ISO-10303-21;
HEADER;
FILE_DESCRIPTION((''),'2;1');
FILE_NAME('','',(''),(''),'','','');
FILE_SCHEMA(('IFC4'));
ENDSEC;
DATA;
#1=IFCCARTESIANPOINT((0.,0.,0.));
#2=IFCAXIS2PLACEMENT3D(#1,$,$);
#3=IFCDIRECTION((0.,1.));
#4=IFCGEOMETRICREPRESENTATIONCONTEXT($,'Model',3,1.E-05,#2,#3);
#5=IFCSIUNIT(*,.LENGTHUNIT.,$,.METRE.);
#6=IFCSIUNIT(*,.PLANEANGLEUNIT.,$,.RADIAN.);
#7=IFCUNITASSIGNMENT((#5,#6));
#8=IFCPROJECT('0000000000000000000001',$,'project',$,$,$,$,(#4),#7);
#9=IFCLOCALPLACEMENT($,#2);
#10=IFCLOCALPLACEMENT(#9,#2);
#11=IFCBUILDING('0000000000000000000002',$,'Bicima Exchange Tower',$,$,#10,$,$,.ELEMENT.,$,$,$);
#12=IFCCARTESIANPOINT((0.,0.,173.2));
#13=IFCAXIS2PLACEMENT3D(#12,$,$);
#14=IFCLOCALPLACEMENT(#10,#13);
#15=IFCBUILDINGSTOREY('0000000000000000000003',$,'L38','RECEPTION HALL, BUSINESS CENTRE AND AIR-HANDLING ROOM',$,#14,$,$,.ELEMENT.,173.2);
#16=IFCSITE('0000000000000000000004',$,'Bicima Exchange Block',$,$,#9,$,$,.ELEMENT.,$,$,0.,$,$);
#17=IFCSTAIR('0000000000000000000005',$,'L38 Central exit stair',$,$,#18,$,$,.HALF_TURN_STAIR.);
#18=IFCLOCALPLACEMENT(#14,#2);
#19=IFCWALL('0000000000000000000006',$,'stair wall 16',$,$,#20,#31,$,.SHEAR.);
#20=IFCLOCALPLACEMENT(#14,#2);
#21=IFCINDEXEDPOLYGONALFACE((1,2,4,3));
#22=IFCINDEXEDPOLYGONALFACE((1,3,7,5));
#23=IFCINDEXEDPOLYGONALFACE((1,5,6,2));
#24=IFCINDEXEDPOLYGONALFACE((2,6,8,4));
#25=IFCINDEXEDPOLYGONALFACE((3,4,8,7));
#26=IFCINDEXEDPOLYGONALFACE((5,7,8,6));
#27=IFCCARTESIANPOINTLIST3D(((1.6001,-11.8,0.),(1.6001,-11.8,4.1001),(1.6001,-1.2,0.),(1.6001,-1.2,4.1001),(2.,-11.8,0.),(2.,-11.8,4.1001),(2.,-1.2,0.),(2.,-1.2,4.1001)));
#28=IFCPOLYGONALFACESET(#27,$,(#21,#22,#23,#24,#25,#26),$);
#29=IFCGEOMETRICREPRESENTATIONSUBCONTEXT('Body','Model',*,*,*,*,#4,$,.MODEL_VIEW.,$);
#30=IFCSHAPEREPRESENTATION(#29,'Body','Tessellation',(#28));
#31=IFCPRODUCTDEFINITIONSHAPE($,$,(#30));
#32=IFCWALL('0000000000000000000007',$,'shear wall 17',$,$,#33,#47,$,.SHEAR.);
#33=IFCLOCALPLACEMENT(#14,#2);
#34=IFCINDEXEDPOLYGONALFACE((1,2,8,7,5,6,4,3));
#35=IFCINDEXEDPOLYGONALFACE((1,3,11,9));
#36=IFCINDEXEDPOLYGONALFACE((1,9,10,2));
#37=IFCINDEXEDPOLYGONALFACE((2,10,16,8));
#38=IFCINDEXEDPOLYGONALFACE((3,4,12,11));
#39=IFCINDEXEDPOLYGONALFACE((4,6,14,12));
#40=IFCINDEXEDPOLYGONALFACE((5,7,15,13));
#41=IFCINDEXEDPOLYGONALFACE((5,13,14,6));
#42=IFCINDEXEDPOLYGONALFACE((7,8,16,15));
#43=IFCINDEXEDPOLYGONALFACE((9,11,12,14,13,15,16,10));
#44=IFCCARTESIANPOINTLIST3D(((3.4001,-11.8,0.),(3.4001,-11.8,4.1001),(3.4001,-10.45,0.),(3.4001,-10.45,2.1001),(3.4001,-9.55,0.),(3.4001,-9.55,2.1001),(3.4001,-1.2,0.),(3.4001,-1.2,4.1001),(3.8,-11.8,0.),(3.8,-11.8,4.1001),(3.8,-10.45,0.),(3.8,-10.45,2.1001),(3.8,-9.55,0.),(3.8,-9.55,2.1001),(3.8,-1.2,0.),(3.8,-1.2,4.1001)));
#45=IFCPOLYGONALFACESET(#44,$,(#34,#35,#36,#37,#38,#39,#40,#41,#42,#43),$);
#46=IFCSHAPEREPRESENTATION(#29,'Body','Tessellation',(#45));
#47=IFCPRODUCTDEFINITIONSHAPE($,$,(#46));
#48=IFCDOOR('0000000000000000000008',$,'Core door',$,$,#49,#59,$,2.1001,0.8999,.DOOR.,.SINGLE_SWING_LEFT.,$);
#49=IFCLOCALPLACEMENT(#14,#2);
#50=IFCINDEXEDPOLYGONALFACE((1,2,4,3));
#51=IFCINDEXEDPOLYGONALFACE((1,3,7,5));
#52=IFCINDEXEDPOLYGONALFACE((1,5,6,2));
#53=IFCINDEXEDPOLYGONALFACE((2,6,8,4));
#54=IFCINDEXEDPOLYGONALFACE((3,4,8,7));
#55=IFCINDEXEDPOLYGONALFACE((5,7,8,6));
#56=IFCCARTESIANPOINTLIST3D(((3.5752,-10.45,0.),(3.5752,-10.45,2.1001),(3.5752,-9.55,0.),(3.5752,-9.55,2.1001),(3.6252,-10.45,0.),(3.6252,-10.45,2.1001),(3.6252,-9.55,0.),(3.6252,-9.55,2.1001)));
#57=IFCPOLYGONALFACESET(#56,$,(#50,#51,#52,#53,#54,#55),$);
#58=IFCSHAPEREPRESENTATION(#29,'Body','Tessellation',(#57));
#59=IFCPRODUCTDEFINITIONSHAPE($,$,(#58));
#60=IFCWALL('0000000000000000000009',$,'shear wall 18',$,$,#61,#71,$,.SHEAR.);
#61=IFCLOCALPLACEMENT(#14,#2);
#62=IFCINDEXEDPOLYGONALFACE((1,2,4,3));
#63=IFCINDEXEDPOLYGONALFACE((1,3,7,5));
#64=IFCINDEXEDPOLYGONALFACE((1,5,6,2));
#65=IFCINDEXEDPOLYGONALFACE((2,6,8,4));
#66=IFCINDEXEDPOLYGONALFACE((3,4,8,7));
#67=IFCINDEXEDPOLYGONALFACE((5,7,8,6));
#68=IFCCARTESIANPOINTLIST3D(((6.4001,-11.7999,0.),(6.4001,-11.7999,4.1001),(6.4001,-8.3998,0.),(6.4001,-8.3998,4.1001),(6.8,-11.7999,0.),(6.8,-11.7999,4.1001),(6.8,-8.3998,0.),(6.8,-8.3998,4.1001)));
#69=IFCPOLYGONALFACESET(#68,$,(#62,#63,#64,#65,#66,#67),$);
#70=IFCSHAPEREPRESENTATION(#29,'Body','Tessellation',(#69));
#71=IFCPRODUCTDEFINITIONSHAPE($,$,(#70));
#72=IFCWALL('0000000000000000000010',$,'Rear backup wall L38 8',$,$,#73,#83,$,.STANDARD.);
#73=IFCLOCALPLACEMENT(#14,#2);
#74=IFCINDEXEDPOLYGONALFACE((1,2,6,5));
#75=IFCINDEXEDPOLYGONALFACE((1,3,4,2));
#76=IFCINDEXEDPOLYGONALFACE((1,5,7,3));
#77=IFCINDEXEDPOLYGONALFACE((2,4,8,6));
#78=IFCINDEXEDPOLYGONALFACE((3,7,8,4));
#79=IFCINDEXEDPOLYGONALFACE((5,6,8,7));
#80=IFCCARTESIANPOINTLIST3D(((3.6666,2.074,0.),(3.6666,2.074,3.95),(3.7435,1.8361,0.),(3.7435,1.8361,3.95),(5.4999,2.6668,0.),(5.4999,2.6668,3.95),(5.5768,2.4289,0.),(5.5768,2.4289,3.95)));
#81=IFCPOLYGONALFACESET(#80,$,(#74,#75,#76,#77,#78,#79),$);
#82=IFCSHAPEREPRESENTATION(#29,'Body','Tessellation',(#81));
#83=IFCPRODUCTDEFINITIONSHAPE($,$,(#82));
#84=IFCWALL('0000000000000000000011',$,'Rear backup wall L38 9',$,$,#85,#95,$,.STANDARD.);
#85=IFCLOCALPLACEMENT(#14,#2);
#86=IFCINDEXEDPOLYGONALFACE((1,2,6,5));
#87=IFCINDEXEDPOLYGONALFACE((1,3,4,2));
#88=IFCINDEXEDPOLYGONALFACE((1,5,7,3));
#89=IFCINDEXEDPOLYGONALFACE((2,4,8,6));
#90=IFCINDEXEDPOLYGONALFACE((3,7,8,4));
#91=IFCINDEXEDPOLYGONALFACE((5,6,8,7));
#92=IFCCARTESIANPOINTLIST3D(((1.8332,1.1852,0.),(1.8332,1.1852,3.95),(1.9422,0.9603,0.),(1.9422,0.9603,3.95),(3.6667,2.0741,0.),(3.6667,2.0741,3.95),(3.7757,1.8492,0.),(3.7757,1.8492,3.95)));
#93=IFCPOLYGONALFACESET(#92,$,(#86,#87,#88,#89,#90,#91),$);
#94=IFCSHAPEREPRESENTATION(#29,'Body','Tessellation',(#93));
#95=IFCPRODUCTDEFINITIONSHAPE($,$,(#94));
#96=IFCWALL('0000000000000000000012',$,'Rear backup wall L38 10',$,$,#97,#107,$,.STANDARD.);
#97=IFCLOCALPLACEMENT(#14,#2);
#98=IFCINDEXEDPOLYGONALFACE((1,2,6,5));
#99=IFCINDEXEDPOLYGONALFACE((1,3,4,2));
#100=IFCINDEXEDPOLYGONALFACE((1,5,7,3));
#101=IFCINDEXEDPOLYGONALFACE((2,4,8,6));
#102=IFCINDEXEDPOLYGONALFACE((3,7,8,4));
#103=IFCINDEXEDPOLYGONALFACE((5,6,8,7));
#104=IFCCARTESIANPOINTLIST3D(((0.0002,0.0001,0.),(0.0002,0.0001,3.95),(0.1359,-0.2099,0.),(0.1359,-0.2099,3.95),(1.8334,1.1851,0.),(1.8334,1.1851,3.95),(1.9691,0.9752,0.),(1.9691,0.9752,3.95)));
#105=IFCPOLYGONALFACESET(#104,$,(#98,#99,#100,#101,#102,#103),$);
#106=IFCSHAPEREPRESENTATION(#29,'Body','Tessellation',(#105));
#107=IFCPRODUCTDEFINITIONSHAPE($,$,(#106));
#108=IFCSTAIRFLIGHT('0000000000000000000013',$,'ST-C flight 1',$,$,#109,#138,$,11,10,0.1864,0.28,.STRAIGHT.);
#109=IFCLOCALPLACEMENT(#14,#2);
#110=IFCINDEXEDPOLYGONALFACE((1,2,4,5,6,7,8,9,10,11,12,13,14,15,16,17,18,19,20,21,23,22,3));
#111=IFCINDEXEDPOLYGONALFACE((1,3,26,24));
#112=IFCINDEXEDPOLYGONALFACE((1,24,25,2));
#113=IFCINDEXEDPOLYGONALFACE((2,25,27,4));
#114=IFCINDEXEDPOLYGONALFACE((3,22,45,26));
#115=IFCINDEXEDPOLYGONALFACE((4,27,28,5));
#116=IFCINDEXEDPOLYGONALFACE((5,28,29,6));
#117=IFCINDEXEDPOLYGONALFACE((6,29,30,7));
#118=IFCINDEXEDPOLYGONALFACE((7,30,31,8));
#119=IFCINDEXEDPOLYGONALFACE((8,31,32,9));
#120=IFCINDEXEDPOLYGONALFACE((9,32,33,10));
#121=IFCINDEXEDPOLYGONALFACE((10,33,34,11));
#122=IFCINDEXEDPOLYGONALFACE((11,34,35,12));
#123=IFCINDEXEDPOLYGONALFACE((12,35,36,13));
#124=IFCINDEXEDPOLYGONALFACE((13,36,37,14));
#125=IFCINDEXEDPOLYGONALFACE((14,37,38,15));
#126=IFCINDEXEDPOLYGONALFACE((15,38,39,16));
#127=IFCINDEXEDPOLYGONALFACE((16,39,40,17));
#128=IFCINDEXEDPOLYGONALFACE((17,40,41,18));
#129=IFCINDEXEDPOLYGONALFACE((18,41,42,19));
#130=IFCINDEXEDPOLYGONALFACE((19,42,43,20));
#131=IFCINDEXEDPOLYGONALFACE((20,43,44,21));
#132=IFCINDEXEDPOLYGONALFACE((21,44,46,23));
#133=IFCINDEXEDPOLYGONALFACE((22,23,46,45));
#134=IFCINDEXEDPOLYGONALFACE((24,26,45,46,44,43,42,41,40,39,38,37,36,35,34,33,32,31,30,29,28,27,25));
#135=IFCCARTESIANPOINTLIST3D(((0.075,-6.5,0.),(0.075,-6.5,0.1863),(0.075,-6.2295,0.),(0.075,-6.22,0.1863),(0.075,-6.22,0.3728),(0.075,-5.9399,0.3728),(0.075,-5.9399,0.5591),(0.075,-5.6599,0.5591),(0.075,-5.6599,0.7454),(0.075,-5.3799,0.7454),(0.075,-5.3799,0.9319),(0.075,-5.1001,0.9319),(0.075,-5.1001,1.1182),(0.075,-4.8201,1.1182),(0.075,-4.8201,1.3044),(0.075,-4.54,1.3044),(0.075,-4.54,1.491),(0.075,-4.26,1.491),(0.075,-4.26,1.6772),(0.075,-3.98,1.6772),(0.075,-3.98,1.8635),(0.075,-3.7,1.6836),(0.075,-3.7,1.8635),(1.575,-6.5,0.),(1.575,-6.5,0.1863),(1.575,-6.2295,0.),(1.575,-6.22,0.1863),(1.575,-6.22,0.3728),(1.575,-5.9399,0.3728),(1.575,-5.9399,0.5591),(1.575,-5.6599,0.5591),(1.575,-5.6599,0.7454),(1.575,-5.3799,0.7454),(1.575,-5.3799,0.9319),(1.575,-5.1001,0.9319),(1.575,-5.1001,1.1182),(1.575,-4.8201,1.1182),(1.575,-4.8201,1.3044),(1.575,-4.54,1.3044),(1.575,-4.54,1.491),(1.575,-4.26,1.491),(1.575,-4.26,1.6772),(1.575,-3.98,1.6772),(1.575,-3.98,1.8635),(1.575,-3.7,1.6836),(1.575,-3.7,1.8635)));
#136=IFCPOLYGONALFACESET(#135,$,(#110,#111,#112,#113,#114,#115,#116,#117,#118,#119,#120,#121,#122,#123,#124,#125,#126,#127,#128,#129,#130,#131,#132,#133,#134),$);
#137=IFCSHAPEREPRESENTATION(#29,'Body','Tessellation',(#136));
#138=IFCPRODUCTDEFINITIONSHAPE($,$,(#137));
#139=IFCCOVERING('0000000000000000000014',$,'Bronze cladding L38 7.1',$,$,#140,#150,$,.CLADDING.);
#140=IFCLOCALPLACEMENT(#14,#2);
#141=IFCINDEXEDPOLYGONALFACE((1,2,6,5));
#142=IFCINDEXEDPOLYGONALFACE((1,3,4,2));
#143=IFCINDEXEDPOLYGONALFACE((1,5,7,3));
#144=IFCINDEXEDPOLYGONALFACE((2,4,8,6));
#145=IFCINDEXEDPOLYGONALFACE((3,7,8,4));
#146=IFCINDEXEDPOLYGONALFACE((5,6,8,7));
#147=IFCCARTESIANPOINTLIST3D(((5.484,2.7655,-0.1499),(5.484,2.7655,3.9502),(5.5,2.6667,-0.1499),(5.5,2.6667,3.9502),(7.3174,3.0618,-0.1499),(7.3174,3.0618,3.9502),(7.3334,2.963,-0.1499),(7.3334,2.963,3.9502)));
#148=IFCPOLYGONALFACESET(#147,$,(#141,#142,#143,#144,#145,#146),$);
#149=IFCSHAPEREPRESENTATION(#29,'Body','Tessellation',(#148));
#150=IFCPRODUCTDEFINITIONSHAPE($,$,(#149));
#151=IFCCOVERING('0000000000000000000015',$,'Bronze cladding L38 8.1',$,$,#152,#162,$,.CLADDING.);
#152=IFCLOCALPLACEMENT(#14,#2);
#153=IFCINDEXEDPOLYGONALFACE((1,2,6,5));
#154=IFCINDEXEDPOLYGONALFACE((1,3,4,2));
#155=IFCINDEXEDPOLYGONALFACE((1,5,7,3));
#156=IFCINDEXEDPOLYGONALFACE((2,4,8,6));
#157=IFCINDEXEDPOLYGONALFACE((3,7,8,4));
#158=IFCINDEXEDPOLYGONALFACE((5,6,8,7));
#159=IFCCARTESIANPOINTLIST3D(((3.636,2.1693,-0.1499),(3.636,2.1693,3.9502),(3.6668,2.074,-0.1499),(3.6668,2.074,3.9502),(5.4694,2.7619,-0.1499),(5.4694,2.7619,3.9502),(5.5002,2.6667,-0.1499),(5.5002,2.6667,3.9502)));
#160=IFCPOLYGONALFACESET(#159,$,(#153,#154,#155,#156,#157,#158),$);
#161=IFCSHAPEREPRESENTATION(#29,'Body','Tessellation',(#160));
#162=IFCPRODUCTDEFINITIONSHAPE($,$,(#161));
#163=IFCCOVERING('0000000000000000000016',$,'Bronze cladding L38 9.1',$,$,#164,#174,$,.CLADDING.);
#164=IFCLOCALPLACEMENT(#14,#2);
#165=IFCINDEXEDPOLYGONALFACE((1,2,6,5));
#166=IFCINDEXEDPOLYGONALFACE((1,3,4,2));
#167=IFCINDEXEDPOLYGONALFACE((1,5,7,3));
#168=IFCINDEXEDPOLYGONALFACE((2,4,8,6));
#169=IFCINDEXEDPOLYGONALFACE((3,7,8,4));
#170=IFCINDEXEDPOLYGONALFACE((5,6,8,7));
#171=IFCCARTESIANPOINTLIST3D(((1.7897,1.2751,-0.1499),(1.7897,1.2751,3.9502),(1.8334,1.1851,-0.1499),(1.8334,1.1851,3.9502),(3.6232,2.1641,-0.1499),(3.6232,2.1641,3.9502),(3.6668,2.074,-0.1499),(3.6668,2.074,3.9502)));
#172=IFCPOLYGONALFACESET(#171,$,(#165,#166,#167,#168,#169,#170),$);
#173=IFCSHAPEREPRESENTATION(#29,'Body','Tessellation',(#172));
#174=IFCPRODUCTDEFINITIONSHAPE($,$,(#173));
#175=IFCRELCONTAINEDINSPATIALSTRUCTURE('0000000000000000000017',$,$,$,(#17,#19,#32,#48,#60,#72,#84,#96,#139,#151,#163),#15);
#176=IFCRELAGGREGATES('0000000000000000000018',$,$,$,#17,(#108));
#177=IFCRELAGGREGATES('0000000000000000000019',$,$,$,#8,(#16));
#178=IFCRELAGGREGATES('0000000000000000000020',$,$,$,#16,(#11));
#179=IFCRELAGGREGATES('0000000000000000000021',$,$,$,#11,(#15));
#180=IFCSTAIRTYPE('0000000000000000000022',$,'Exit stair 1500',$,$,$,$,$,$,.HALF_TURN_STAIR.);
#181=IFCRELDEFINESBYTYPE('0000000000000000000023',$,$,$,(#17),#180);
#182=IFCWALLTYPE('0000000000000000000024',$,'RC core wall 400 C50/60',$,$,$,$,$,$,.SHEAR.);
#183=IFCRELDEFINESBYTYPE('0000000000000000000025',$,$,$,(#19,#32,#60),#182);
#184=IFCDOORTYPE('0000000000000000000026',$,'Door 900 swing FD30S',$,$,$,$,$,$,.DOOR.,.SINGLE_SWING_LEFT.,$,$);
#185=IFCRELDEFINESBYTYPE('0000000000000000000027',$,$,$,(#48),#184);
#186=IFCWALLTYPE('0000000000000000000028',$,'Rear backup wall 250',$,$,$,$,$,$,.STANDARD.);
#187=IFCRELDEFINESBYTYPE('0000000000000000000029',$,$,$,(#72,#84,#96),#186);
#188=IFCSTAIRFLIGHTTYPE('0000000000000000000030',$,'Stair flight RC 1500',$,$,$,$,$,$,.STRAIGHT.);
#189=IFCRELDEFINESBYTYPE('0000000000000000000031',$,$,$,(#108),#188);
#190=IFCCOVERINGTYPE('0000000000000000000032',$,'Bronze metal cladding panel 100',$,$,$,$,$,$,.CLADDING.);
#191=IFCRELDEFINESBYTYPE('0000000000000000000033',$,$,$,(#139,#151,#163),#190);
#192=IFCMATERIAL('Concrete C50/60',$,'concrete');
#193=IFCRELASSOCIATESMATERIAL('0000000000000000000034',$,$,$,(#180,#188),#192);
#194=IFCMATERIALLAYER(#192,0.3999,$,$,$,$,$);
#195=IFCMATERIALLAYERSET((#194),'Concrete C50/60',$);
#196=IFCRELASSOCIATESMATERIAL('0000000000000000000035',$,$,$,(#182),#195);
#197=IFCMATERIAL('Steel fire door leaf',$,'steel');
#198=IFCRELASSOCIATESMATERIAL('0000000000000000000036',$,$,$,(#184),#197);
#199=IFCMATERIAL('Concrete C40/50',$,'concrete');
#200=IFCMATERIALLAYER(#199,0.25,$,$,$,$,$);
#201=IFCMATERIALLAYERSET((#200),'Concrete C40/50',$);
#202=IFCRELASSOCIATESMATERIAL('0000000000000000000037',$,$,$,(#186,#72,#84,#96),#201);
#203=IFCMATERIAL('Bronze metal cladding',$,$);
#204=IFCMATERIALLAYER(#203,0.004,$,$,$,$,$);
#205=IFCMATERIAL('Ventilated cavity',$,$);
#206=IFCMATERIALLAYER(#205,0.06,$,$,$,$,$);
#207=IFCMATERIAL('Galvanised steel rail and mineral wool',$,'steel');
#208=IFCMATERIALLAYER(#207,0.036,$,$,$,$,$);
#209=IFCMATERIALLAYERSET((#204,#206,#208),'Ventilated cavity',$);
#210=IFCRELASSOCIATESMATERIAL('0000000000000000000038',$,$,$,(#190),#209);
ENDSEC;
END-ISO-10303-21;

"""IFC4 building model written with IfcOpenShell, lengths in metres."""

from ifc_helpers import new_model, si_unit, direction, frame, frame_2d, origin, origin_2d, place, context, subcontext, project, spatial, polyline, rectangle, outline, extrude, material, layer, layer_set, layer_usage, type_object, element, fill, aggregate, save


model = new_model("IFC4")

# Units and contexts
model_context = context("Model", 3, precision=1e-05, world=origin(), true_north=direction((0.0, 1.0)))
body_context = subcontext(model_context, "Body", "Model", "MODEL_VIEW")
ifc_project = project(units=[si_unit("LENGTHUNIT", "METRE"), si_unit("PLANEANGLEUNIT", "RADIAN")], contexts=[model_context])

# Site, building, storey
site_placement = place(None, origin())
site = spatial("IfcSite", under=ifc_project, at=site_placement, Name="Bicima Exchange Block", CompositionType="ELEMENT", RefElevation=0.0)
building_placement = place(site_placement, origin())
building = spatial("IfcBuilding", under=site, at=building_placement, Name="Bicima Exchange Tower", CompositionType="ELEMENT")
storey_placement = place(building_placement, frame((0.0, 0.0, 173.2)))
storey = spatial("IfcBuildingStorey", under=building, at=storey_placement, Name="L38", Description="RECEPTION HALL, BUSINESS CENTRE AND AIR-HANDLING ROOM", CompositionType="ELEMENT", Elevation=173.2)

# Stair
ifc_material_1 = material(Name="Concrete C50/60", Category="concrete")
stair_type_1 = type_object("IfcStairType", Name="Exit stair 1500", PredefinedType="HALF_TURN_STAIR", material=ifc_material_1)
stair_1_placement = place(storey_placement, origin())
stair_1 = element("IfcStair", 1, at=stair_1_placement, inside=storey, type_object=stair_type_1, Name="L38 Central exit stair", PredefinedType="HALF_TURN_STAIR")

# Shared definitions
ifc_layer_1 = layer(ifc_material_1, 0.3999)
ifc_layer_set_1 = layer_set([ifc_layer_1], Name="Concrete C50/60")
wall_type_1 = type_object("IfcWallType", Name="RC core wall 400 C50/60", PredefinedType="SHEAR", material=ifc_layer_set_1)

# Shared definitions
ifc_material_2 = material(Name="Steel fire door leaf", Category="steel")
door_type_1 = type_object("IfcDoorType", Name="Door 900 swing FD30S", OperationType="SINGLE_SWING_LEFT", PredefinedType="DOOR", material=ifc_material_2)

# Wall
wall_1_placement = place(storey_placement, frame((1.8, -11.8, 0.0), z_axis=(0.0, 0.0, 1.0), x_axis=(0.0, 1.0, 0.0)))
element("IfcWall", 2, at=wall_1_placement, inside=storey, type_object=wall_type_1, Name="stair wall 16", PredefinedType="SHEAR", context=body_context, shape_type="SweptSolid", body=[
    extrude(rectangle(XDim=10.6001, YDim=0.3999, at=frame_2d((5.3, 0.0))), origin(), (0.0, 0.0, 1.0), 4.1001),
])

# Wall, opening, door
wall_2_placement = place(storey_placement, frame((3.6001, -11.8, 0.0), z_axis=(0.0, 0.0, 1.0), x_axis=(0.0, 1.0, 0.0)))
wall_2 = element("IfcWall", 3, at=wall_2_placement, inside=storey, type_object=wall_type_1, Name="shear wall 17", PredefinedType="SHEAR", context=body_context, shape_type="SweptSolid", body=[
    extrude(rectangle(XDim=10.6001, YDim=0.3999, at=frame_2d((5.3, 0.0))), origin(), (0.0, 0.0, 1.0), 4.1001),
])
opening_1_placement = place(wall_2_placement, frame((1.3501, 0.0, 0.0)))
opening_1 = element("IfcOpeningElement", 4, at=opening_1_placement, cuts=wall_2, PredefinedType="OPENING", context=body_context, shape_type="SweptSolid", body=[
    extrude(rectangle(XDim=0.8999, YDim=2.1001, at=frame_2d((0.45, 1.05))), frame((0.0, 0.2119, 0.0), z_axis=(0.0, -1.0, 0.0), x_axis=(1.0, 0.0, 0.0)), (0.0, 0.0, 1.0), 0.4238),
])
door_1_placement = place(opening_1_placement, origin())
door_1 = element("IfcDoor", 5, at=door_1_placement, inside=storey, type_object=door_type_1, Name="Core door", OperationType="SINGLE_SWING_LEFT", OverallHeight=2.1001, OverallWidth=0.8999, PredefinedType="DOOR", context=body_context, shape_type="SweptSolid", body=[
    extrude(rectangle(XDim=0.8999, YDim=2.1001, at=frame_2d((0.45, 1.05))), frame((0.0, 0.0249, 0.0), z_axis=(0.0, -1.0, 0.0), x_axis=(1.0, 0.0, 0.0)), (0.0, 0.0, 1.0), 0.05),
])
fill(opening_1, door_1)

# Walls
wall_3_placement = place(storey_placement, frame((6.6001, -11.8, 0.0), z_axis=(0.0, 0.0, 1.0), x_axis=(0.0, 1.0, 0.0)))
element("IfcWall", 6, at=wall_3_placement, inside=storey, type_object=wall_type_1, Name="shear wall 18", PredefinedType="SHEAR", context=body_context, shape_type="SweptSolid", body=[
    extrude(rectangle(XDim=3.4001, YDim=0.3999, at=frame_2d((1.7002, 0.0))), origin(), (0.0, 0.0, 1.0), 4.1001),
])
ifc_material_3 = material(Name="Concrete C40/50", Category="concrete")
ifc_layer_2 = layer(ifc_material_3, 0.25)
ifc_layer_set_2 = layer_set([ifc_layer_2], Name="Concrete C40/50")
ifc_layer_usage = layer_usage(ifc_layer_set_2, "AXIS2", "POSITIVE", -0.125)
wall_type_2 = type_object("IfcWallType", Name="Rear backup wall 250", PredefinedType="STANDARD", material=ifc_layer_set_2)
wall_4_placement = place(storey_placement, frame((5.5383, 2.5479, 0.0), z_axis=(0.0, 0.0, 1.0), x_axis=(-0.951496, -0.307662, 0.0)))
element("IfcWall", 7, at=wall_4_placement, inside=storey, type_object=wall_type_2, material=ifc_layer_usage, Name="Rear backup wall L38 8", PredefinedType="STANDARD", context=body_context, shape_type="SweptSolid", body=[
    extrude(rectangle(XDim=1.9268, YDim=0.25, at=frame_2d((0.9634, 0.0))), origin(), (0.0, 0.0, 1.0), 3.95),
])
wall_5_placement = place(storey_placement, frame((3.7212, 1.9617, 0.0), z_axis=(0.0, 0.0, 1.0), x_axis=(-0.899824, -0.436253, 0.0)))
element("IfcWall", 8, at=wall_5_placement, inside=storey, type_object=wall_type_2, material=ifc_layer_usage, Name="Rear backup wall L38 9", PredefinedType="STANDARD", context=body_context, shape_type="SweptSolid", body=[
    extrude(rectangle(XDim=2.0376, YDim=0.25, at=frame_2d((1.0188, 0.0))), origin(), (0.0, 0.0, 1.0), 3.95),
])
wall_6_placement = place(storey_placement, frame((1.9011, 1.0801, 0.0), z_axis=(0.0, 0.0, 1.0), x_axis=(-0.839813, -0.542876, 0.0)))
element("IfcWall", 9, at=wall_6_placement, inside=storey, type_object=wall_type_2, material=ifc_layer_usage, Name="Rear backup wall L38 10", PredefinedType="STANDARD", context=body_context, shape_type="SweptSolid", body=[
    extrude(rectangle(XDim=2.1829, YDim=0.25, at=frame_2d((1.0913, 0.0))), origin(), (0.0, 0.0, 1.0), 3.95),
])

# Stair flight
stair_flight_type = type_object("IfcStairFlightType", Name="Stair flight RC 1500", PredefinedType="STRAIGHT", material=ifc_material_1)
stair_flight_placement = place(storey_placement, frame((0.825, -6.5, 0.0), z_axis=(0.0, 0.0, 1.0), x_axis=(0.0, 1.0, 0.0)))
stair_flight = element("IfcStairFlight", 10, at=stair_flight_placement, type_object=stair_flight_type, Name="ST-C flight 1", NumberOfRisers=11, NumberOfTreads=10, PredefinedType="STRAIGHT", RiserHeight=0.1864, TreadLength=0.28, context=body_context, shape_type="SweptSolid", body=[
    extrude(outline(polyline([(0.0, 0.0), (0.0, 0.1863), (0.28, 0.1863), (0.28, 0.3728), (0.5601, 0.3728), (0.5601, 0.5591), (0.8401, 0.5591), (0.8401, 0.7454), (1.1201, 0.7454), (1.1201, 0.9319), (1.3999, 0.9319), (1.3999, 1.1182), (1.6799, 1.1182), (1.6799, 1.3044), (1.96, 1.3044), (1.96, 1.491), (2.24, 1.491), (2.24, 1.6772), (2.52, 1.6772), (2.52, 1.8635), (2.8, 1.8635), (2.8, 2.05), (2.8, 1.6836), (0.2705, 0.0), (0.0, 0.0)])), frame((0.0, 0.75, 0.0), z_axis=(0.0, -1.0, 0.0), x_axis=(1.0, 0.0, 0.0)), (0.0, 0.0, 1.0), 1.5),
])
aggregate(stair_1, [stair_flight])

# Coverings
ifc_material_4 = material(Name="Bronze metal cladding")
ifc_layer_3 = layer(ifc_material_4, 0.004)
ifc_material_5 = material(Name="Ventilated cavity")
ifc_layer_4 = layer(ifc_material_5, 0.06)
ifc_material_6 = material(Name="Galvanised steel rail and mineral wool", Category="steel")
ifc_layer_5 = layer(ifc_material_6, 0.036)
ifc_layer_set_3 = layer_set([ifc_layer_3, ifc_layer_4, ifc_layer_5], Name="Ventilated cavity")
covering_type = type_object("IfcCoveringType", Name="Bronze metal cladding panel 100", PredefinedType="CLADDING", material=ifc_layer_set_3)
covering_1_placement = place(storey_placement, frame((6.4087, 2.8643, -0.1499), z_axis=(0.0, 0.0, 1.0), x_axis=(-0.98719, -0.15955, 0.0)))
element("IfcCovering", 11, at=covering_1_placement, inside=storey, type_object=covering_type, Name="Bronze cladding L38 7.1", PredefinedType="CLADDING", context=body_context, shape_type="SweptSolid", body=[
    extrude(rectangle(XDim=1.8572, YDim=0.1001, at=origin_2d()), origin(), (0.0, 0.0, 1.0), 4.1001),
])
covering_2_placement = place(storey_placement, frame((4.5681, 2.418, -0.1499), z_axis=(0.0, 0.0, 1.0), x_axis=(-0.951525, -0.307573, 0.0)))
element("IfcCovering", 12, at=covering_2_placement, inside=storey, type_object=covering_type, Name="Bronze cladding L38 8.1", PredefinedType="CLADDING", context=body_context, shape_type="SweptSolid", body=[
    extrude(rectangle(XDim=1.9268, YDim=0.1001, at=origin_2d()), origin(), (0.0, 0.0, 1.0), 4.1001),
])
covering_3_placement = place(storey_placement, frame((2.7283, 1.6746, -0.1499), z_axis=(0.0, 0.0, 1.0), x_axis=(-0.899818, -0.436265, 0.0)))
element("IfcCovering", 13, at=covering_3_placement, inside=storey, type_object=covering_type, Name="Bronze cladding L38 9.1", PredefinedType="CLADDING", context=body_context, shape_type="SweptSolid", body=[
    extrude(rectangle(XDim=2.0376, YDim=0.1001, at=origin_2d()), origin(), (0.0, 0.0, 1.0), 4.1001),
])

save(model, "model.ifc")
